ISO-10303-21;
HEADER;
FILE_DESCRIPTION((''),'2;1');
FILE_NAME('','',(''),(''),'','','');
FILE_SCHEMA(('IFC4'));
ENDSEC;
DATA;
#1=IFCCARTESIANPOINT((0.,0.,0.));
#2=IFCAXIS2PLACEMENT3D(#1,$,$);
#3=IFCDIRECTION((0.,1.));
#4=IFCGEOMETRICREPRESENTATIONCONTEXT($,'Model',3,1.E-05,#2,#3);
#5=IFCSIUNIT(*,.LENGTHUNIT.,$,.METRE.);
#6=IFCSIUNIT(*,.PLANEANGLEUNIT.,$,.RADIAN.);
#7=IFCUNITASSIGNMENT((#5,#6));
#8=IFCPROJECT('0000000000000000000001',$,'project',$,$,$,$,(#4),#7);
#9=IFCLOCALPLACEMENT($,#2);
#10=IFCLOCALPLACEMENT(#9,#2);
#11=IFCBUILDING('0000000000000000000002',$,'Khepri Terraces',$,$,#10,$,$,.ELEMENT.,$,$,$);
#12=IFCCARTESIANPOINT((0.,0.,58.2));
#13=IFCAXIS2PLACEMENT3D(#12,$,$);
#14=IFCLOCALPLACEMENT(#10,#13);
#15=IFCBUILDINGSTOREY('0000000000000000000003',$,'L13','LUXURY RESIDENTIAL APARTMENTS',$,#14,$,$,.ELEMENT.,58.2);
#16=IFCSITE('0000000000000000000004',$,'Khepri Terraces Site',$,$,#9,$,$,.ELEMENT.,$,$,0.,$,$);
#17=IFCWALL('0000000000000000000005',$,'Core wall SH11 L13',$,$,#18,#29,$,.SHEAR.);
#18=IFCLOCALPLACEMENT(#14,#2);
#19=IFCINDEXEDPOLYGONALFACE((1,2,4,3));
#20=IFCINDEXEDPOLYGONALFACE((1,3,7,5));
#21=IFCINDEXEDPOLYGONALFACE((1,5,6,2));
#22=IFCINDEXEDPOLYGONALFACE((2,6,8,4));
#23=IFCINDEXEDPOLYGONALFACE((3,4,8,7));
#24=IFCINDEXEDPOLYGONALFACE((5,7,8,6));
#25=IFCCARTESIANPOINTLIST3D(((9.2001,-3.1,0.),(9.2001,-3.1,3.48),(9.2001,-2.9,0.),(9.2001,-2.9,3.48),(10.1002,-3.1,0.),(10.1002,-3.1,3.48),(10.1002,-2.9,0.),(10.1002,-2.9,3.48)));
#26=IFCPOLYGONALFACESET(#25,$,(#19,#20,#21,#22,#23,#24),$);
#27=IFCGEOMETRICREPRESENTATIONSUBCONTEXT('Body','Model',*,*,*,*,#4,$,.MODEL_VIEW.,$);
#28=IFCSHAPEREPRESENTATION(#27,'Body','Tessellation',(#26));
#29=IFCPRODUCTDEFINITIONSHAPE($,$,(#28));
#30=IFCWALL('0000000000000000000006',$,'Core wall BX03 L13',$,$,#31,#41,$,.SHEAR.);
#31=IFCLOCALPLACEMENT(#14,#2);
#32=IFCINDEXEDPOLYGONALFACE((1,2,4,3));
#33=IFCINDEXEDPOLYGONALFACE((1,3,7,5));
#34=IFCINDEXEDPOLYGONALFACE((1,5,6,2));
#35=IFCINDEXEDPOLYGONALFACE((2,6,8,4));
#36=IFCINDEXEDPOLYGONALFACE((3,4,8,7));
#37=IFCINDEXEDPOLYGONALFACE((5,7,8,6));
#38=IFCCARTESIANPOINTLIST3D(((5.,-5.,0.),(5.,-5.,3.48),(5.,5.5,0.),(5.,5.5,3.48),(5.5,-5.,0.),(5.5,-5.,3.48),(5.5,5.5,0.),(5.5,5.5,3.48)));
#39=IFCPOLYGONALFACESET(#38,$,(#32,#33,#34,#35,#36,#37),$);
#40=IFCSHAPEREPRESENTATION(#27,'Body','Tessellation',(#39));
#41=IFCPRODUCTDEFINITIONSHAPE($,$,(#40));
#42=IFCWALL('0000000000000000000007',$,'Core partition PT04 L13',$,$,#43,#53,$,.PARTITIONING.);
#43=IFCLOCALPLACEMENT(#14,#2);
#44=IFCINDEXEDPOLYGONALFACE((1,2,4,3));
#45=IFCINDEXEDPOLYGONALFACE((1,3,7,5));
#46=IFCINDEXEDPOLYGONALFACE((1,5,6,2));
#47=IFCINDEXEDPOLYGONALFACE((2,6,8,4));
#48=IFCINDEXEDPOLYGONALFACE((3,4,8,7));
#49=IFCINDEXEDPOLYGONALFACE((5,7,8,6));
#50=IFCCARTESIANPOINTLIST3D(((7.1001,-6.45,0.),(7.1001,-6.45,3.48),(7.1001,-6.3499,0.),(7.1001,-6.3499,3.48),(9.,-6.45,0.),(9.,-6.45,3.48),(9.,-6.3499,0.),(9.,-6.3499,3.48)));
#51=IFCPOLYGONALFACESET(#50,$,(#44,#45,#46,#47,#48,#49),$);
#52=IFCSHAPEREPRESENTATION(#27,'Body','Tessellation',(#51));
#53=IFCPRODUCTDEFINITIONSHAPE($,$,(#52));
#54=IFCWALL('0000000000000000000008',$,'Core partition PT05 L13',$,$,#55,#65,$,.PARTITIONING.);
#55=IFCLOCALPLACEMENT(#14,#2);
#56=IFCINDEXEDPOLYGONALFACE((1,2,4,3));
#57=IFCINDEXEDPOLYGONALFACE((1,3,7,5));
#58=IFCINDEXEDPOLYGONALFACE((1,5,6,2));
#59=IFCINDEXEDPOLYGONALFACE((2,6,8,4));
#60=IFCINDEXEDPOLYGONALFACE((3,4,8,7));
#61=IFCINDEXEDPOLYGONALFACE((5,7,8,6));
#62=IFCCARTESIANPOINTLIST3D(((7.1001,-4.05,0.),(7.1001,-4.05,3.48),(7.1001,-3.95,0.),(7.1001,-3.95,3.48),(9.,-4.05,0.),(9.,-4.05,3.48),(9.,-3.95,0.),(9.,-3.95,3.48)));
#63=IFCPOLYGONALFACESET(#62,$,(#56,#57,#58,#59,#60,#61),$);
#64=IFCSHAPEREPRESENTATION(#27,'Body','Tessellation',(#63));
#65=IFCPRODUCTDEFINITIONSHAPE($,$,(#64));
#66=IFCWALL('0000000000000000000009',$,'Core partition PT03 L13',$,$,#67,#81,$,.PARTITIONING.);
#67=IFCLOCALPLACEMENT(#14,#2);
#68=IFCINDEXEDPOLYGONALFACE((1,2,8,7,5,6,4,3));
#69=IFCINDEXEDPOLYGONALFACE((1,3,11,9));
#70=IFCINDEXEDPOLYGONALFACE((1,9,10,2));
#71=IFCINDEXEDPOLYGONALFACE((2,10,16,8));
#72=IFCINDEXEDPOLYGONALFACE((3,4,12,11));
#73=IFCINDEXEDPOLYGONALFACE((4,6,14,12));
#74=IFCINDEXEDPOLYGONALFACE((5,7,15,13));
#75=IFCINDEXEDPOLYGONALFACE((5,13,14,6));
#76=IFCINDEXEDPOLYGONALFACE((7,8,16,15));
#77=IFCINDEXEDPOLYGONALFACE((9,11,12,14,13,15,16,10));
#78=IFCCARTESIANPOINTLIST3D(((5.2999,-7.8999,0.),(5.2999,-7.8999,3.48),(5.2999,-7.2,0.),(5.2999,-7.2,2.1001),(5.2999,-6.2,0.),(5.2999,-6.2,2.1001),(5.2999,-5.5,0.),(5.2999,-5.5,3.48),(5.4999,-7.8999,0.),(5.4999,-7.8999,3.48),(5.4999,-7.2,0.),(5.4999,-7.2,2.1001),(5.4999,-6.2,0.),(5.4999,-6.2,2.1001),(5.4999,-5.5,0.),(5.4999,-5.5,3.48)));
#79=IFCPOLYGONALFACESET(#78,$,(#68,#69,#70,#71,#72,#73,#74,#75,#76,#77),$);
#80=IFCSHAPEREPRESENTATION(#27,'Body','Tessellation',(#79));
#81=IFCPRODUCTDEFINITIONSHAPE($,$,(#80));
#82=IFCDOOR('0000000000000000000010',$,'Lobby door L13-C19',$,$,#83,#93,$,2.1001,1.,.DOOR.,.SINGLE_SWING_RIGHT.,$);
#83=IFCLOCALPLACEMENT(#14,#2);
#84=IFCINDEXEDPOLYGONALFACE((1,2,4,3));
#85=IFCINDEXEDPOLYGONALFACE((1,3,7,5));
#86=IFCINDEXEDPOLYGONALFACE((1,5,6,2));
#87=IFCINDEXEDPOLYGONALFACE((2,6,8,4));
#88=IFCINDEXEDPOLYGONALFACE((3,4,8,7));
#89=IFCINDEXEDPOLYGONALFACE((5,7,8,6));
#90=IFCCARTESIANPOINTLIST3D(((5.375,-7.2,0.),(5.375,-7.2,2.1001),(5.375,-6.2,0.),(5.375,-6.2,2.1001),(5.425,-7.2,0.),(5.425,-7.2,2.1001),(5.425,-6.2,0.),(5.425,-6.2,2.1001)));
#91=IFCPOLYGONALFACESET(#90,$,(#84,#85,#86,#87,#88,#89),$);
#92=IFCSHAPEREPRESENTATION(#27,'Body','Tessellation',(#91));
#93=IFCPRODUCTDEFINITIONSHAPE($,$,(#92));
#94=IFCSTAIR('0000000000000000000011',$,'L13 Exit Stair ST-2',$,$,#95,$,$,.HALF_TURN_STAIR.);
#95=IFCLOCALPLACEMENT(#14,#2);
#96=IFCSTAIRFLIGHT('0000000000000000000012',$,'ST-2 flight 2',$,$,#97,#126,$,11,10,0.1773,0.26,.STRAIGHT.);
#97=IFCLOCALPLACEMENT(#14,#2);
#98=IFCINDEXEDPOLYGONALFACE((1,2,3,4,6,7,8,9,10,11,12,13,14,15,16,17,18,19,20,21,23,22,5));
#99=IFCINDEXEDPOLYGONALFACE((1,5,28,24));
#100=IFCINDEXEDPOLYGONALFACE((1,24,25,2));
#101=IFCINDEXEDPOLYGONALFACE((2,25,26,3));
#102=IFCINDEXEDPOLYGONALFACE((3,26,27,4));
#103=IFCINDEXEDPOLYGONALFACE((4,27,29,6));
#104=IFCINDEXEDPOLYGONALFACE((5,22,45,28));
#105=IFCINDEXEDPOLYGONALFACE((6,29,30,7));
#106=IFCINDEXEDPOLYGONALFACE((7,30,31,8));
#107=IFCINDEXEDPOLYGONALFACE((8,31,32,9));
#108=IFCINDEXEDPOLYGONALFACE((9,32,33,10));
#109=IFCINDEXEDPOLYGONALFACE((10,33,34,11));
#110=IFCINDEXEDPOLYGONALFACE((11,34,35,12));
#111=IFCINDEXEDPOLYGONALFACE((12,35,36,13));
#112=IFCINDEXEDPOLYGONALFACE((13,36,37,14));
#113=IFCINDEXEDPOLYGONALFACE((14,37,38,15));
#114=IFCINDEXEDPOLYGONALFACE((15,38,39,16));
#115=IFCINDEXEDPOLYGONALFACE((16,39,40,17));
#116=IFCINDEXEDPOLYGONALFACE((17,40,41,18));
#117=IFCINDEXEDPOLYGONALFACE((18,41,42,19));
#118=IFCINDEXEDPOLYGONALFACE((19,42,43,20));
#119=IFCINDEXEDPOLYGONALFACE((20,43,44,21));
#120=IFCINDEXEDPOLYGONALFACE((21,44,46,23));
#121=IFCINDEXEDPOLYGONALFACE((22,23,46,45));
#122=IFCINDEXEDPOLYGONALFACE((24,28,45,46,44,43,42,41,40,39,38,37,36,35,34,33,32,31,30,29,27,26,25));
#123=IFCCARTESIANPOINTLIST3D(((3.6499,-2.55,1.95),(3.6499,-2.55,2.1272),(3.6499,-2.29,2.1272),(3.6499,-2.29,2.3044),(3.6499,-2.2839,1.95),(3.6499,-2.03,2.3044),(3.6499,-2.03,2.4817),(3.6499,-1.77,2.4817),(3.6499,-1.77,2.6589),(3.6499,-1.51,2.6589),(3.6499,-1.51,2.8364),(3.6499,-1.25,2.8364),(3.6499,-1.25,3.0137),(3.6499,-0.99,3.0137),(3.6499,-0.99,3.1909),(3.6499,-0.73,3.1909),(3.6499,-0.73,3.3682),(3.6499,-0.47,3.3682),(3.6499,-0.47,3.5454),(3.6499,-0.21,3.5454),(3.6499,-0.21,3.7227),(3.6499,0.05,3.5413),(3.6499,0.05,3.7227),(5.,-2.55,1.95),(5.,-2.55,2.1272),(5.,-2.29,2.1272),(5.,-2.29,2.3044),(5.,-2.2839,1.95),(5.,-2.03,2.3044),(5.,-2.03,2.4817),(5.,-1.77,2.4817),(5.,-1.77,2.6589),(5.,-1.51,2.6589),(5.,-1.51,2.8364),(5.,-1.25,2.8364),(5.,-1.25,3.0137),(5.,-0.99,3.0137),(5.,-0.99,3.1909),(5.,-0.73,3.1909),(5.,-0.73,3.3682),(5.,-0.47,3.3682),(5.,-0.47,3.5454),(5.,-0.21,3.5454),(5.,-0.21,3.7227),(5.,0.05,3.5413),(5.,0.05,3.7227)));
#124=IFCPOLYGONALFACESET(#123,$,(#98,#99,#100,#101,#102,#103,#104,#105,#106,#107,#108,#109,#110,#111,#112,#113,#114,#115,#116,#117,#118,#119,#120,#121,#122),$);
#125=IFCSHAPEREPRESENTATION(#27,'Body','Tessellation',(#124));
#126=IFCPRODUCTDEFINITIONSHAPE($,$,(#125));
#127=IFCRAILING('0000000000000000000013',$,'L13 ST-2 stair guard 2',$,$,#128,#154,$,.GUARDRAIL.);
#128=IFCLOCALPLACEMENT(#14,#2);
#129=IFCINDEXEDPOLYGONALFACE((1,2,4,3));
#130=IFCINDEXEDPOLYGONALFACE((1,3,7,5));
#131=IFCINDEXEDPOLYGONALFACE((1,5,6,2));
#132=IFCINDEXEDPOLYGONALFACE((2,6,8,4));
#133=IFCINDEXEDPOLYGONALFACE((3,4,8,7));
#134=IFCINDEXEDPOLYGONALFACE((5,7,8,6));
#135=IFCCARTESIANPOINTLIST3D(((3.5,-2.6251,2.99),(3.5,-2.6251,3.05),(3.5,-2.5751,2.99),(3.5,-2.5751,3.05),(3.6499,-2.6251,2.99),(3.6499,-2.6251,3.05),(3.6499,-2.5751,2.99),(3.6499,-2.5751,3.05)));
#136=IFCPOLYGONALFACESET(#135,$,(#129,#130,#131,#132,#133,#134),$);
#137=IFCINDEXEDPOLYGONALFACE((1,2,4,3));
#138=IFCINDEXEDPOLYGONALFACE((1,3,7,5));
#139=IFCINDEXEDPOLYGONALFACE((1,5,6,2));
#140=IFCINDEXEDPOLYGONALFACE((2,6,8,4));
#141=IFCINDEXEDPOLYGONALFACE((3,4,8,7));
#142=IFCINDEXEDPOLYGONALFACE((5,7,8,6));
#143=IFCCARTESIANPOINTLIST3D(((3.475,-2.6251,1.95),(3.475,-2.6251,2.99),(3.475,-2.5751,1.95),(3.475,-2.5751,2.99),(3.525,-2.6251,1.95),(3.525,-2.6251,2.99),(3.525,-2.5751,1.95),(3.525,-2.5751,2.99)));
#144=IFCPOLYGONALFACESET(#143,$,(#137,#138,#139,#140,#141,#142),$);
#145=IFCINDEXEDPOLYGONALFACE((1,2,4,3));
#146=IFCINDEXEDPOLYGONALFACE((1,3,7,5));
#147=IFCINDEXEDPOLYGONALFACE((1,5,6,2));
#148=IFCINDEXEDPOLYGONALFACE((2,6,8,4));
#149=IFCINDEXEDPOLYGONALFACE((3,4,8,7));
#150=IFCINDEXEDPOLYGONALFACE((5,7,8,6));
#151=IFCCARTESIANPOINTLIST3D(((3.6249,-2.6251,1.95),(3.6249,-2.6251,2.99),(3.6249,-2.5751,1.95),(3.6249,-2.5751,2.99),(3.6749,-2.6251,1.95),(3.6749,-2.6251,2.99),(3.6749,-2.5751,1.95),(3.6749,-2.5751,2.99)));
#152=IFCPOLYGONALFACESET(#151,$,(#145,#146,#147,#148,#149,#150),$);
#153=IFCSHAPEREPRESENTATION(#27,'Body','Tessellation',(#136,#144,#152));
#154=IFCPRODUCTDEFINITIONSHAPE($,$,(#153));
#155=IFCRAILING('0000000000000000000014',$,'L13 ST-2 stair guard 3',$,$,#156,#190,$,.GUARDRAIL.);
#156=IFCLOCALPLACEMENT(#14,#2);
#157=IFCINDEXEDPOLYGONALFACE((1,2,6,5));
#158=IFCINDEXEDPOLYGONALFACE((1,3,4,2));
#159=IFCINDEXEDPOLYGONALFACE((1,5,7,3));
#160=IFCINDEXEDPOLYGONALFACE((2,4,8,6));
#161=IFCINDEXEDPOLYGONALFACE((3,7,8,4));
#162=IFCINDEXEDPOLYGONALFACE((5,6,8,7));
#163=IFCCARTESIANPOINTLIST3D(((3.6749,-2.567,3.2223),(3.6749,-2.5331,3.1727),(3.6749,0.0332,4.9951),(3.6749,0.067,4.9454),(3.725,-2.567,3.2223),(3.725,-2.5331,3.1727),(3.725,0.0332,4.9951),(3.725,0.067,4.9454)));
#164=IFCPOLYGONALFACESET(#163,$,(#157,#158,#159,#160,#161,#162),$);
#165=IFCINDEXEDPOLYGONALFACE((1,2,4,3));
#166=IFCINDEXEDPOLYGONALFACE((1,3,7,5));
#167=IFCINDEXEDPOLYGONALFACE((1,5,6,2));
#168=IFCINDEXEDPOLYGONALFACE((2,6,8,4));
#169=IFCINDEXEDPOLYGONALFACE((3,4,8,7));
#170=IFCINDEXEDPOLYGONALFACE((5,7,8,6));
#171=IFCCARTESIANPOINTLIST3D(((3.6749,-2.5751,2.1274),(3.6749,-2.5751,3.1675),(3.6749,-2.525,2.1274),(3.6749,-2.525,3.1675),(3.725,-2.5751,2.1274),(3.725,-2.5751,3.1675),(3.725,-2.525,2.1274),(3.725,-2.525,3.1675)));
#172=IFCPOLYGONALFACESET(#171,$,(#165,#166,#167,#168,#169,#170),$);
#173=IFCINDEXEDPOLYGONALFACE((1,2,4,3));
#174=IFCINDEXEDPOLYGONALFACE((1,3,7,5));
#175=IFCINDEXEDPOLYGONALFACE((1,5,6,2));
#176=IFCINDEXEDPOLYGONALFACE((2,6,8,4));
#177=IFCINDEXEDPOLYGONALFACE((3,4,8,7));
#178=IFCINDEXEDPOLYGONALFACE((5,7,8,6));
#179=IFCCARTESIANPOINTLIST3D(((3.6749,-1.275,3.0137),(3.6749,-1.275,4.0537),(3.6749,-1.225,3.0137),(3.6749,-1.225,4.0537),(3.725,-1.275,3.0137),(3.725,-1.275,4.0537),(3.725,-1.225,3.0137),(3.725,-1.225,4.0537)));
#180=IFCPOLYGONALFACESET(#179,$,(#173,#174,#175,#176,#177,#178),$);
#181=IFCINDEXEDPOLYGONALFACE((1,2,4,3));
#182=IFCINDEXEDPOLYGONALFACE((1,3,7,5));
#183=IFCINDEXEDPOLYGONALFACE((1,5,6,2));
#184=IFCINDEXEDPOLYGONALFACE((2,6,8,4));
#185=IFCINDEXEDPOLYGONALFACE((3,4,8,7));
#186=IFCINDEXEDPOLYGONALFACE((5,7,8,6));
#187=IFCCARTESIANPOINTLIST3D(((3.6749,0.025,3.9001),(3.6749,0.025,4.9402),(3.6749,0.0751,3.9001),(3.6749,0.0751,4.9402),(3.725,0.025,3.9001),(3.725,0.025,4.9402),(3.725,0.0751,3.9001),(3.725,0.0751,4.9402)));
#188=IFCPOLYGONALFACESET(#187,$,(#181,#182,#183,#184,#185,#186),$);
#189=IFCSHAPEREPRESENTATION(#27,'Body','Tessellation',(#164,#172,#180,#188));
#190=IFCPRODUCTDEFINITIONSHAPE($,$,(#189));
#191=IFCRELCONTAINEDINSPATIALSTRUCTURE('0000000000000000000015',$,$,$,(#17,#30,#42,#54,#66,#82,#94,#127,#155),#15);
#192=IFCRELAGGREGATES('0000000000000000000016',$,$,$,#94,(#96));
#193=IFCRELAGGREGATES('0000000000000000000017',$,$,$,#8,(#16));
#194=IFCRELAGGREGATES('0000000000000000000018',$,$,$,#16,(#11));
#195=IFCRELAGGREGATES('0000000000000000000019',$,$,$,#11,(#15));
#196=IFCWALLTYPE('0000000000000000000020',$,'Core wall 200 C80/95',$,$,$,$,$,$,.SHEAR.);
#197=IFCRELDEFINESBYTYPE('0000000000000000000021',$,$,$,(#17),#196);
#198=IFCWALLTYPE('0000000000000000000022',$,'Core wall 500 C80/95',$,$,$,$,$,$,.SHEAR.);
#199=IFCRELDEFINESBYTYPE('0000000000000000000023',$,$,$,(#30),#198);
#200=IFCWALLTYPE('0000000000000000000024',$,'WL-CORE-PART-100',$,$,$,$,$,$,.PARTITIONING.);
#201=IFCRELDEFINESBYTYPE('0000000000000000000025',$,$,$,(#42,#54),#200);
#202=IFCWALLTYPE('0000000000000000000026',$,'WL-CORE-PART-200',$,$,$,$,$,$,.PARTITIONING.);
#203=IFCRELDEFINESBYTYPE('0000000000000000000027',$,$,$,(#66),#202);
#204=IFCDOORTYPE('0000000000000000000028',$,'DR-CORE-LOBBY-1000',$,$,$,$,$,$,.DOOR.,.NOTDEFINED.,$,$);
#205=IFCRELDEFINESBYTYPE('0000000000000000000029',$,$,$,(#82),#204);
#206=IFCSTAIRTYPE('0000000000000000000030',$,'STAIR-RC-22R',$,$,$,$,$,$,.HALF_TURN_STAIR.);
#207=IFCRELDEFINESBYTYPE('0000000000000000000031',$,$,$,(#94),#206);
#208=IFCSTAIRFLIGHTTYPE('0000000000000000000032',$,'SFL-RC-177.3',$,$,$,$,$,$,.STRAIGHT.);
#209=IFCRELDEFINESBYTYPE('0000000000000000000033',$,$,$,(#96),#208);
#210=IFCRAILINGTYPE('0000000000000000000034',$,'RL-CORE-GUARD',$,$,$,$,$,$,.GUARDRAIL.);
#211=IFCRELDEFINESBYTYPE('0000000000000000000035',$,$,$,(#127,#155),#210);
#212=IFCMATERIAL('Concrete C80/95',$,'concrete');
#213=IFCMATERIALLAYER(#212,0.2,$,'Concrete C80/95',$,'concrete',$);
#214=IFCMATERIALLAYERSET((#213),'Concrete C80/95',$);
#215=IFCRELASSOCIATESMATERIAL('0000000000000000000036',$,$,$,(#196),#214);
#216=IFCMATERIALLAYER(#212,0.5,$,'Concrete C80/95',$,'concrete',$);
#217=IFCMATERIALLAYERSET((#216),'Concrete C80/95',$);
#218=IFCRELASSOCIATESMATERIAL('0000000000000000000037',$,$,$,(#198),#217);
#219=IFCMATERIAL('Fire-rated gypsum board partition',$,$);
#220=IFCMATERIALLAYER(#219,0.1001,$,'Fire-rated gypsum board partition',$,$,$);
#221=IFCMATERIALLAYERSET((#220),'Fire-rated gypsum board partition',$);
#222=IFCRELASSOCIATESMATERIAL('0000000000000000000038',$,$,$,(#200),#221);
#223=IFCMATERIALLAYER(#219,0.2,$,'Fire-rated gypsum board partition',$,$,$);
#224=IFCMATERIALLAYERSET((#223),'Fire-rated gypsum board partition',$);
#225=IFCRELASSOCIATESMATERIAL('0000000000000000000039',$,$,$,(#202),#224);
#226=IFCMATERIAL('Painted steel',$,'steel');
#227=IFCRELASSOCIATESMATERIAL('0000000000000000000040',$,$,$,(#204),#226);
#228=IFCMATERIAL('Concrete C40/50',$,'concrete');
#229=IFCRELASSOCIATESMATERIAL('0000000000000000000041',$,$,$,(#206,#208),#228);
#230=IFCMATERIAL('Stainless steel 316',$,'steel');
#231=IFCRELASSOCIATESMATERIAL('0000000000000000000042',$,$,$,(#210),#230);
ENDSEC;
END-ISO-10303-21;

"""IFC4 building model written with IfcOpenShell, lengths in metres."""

from ifc_helpers import new_model, si_unit, direction, frame, frame_2d, origin, origin_2d, place, context, subcontext, project, spatial, polyline, rectangle, outline, extrude, material, layer, layer_set, type_object, element, fill, aggregate, save


model = new_model("IFC4")

# Units and contexts
model_context = context("Model", 3, precision=1e-05, world=origin(), true_north=direction((0.0, 1.0)))
body_context = subcontext(model_context, "Body", "Model", "MODEL_VIEW")
ifc_project = project(units=[si_unit("LENGTHUNIT", "METRE"), si_unit("PLANEANGLEUNIT", "RADIAN")], contexts=[model_context])

# Site, building, storey
site_placement = place(None, origin())
site = spatial("IfcSite", under=ifc_project, at=site_placement, Name="Khepri Terraces Site", CompositionType="ELEMENT", RefElevation=0.0)
building_placement = place(site_placement, origin())
building = spatial("IfcBuilding", under=site, at=building_placement, Name="Khepri Terraces", CompositionType="ELEMENT")
storey_placement = place(building_placement, frame((0.0, 0.0, 58.2)))
storey = spatial("IfcBuildingStorey", under=building, at=storey_placement, Name="L13", Description="LUXURY RESIDENTIAL APARTMENTS", CompositionType="ELEMENT", Elevation=58.2)

# Shared definitions
ifc_material_1 = material(Name="Concrete C80/95", Category="concrete")
ifc_layer_1 = layer(ifc_material_1, 0.2, Name="Concrete C80/95", Category="concrete")
ifc_layer_set_1 = layer_set([ifc_layer_1], Name="Concrete C80/95")
wall_type_1 = type_object("IfcWallType", Name="Core wall 200 C80/95", PredefinedType="SHEAR", material=ifc_layer_set_1)
ifc_material_2 = material(Name="Painted steel", Category="steel")

# Walls
wall_1_placement = place(storey_placement, frame((9.2, -3.0, 0.0), z_axis=(0.0, 0.0, 1.0), x_axis=(1.0, 0.0, 0.0)))
element("IfcWall", 1, at=wall_1_placement, inside=storey, type_object=wall_type_1, Name="Core wall SH11 L13", PredefinedType="SHEAR", context=body_context, shape_type="SweptSolid", body=[
    extrude(rectangle(XDim=0.9001, YDim=0.2, at=frame_2d((0.4502, 0.0))), origin(), (0.0, 0.0, 1.0), 3.48),
])
ifc_layer_2 = layer(ifc_material_1, 0.5, Name="Concrete C80/95", Category="concrete")
ifc_layer_set_2 = layer_set([ifc_layer_2], Name="Concrete C80/95")
wall_type_2 = type_object("IfcWallType", Name="Core wall 500 C80/95", PredefinedType="SHEAR", material=ifc_layer_set_2)
wall_2_placement = place(storey_placement, frame((5.25, -5.0, 0.0), z_axis=(0.0, 0.0, 1.0), x_axis=(0.0, 1.0, 0.0)))
element("IfcWall", 2, at=wall_2_placement, inside=storey, type_object=wall_type_2, Name="Core wall BX03 L13", PredefinedType="SHEAR", context=body_context, shape_type="SweptSolid", body=[
    extrude(rectangle(XDim=10.5, YDim=0.5, at=frame_2d((5.25, 0.0))), origin(), (0.0, 0.0, 1.0), 3.48),
])
ifc_material_3 = material(Name="Fire-rated gypsum board partition")
ifc_layer_3 = layer(ifc_material_3, 0.1001, Name="Fire-rated gypsum board partition")
ifc_layer_set_3 = layer_set([ifc_layer_3], Name="Fire-rated gypsum board partition")
wall_type_3 = type_object("IfcWallType", Name="WL-CORE-PART-100", PredefinedType="PARTITIONING", material=ifc_layer_set_3)
for number, where, z_axis, x_axis, name in (
    (3, (7.1001, -6.3999, 0.0), (0.0, 0.0, 1.0), (1.0, 0.0, 0.0), "Core partition PT04 L13"),
    (4, (7.1001, -4.0, 0.0), (0.0, 0.0, 1.0), (1.0, 0.0, 0.0), "Core partition PT05 L13"),
):
    element("IfcWall", number, at=place(storey_placement, frame(where, z_axis=z_axis, x_axis=x_axis)), inside=storey, type_object=wall_type_3, Name=name, PredefinedType="PARTITIONING", context=body_context, shape_type="SweptSolid", body=[
        extrude(rectangle(XDim=1.8999, YDim=0.1001, at=frame_2d((0.95, 0.0))), origin(), (0.0, 0.0, 1.0), 3.48),
    ])

# Wall, opening, door
ifc_layer_4 = layer(ifc_material_3, 0.2, Name="Fire-rated gypsum board partition")
ifc_layer_set_4 = layer_set([ifc_layer_4], Name="Fire-rated gypsum board partition")
wall_type_4 = type_object("IfcWallType", Name="WL-CORE-PART-200", PredefinedType="PARTITIONING", material=ifc_layer_set_4)
wall_3_placement = place(storey_placement, frame((5.3999, -7.8999, 0.0), z_axis=(0.0, 0.0, 1.0), x_axis=(0.0, 1.0, 0.0)))
wall_3 = element("IfcWall", 5, at=wall_3_placement, inside=storey, type_object=wall_type_4, Name="Core partition PT03 L13", PredefinedType="PARTITIONING", context=body_context, shape_type="SweptSolid", body=[
    extrude(rectangle(XDim=2.3999, YDim=0.2, at=frame_2d((1.2, 0.0))), origin(), (0.0, 0.0, 1.0), 3.48),
])
opening_1_placement = place(wall_3_placement, frame((0.7, 0.0, 0.0)))
opening_1 = element("IfcOpeningElement", 6, at=opening_1_placement, cuts=wall_3, PredefinedType="OPENING", context=body_context, shape_type="SweptSolid", body=[
    extrude(rectangle(XDim=1.0, YDim=2.1001, at=frame_2d((0.5, 1.05))), frame((0.0, 0.1099, 0.0), z_axis=(0.0, -1.0, 0.0), x_axis=(1.0, 0.0, 0.0)), (0.0, 0.0, 1.0), 0.22),
])
door_type_1 = type_object("IfcDoorType", Name="DR-CORE-LOBBY-1000", OperationType="NOTDEFINED", PredefinedType="DOOR", material=ifc_material_2)
door_1_placement = place(opening_1_placement, origin())
door_1 = element("IfcDoor", 7, at=door_1_placement, inside=storey, type_object=door_type_1, Name="Lobby door L13-C19", OperationType="SINGLE_SWING_RIGHT", OverallHeight=2.1001, OverallWidth=1.0, PredefinedType="DOOR", context=body_context, shape_type="SweptSolid", body=[
    extrude(rectangle(XDim=1.0, YDim=2.1001, at=frame_2d((0.5, 1.05))), frame((0.0, 0.0249, 0.0), z_axis=(0.0, -1.0, 0.0), x_axis=(1.0, 0.0, 0.0)), (0.0, 0.0, 1.0), 0.05),
])
fill(opening_1, door_1)

# Stair, stair flight
ifc_material_4 = material(Name="Concrete C40/50", Category="concrete")
stair_type = type_object("IfcStairType", Name="STAIR-RC-22R", PredefinedType="HALF_TURN_STAIR", material=ifc_material_4)
stair_placement = place(storey_placement, origin())
stair = element("IfcStair", 8, at=stair_placement, inside=storey, type_object=stair_type, Name="L13 Exit Stair ST-2", PredefinedType="HALF_TURN_STAIR")
stair_flight_type = type_object("IfcStairFlightType", Name="SFL-RC-177.3", PredefinedType="STRAIGHT", material=ifc_material_4)
stair_flight_placement = place(storey_placement, frame((4.325, -2.55, 1.95), z_axis=(0.0, 0.0, 1.0), x_axis=(0.0, 1.0, 0.0)))
stair_flight = element("IfcStairFlight", 9, at=stair_flight_placement, type_object=stair_flight_type, Name="ST-2 flight 2", NumberOfRisers=11, NumberOfTreads=10, PredefinedType="STRAIGHT", RiserHeight=0.1773, TreadLength=0.26, context=body_context, shape_type="SweptSolid", body=[
    extrude(outline(polyline([(0.0, 0.0), (0.0, 0.1772), (0.26, 0.1772), (0.26, 0.3545), (0.52, 0.3545), (0.52, 0.5317), (0.78, 0.5317), (0.78, 0.709), (1.04, 0.709), (1.04, 0.8865), (1.3, 0.8865), (1.3, 1.0637), (1.5601, 1.0637), (1.5601, 1.241), (1.8201, 1.241), (1.8201, 1.4182), (2.0801, 1.4182), (2.0801, 1.5955), (2.3401, 1.5955), (2.3401, 1.7727), (2.6001, 1.7727), (2.6001, 1.95), (2.6001, 1.5913), (0.2661, 0.0), (0.0, 0.0)])), frame((0.0, 0.675, 0.0), z_axis=(0.0, -1.0, 0.0), x_axis=(1.0, 0.0, 0.0)), (0.0, 0.0, 1.0), 1.3501),
])
aggregate(stair, [stair_flight])

# Railings
ifc_material_5 = material(Name="Stainless steel 316", Category="steel")
railing_type_1 = type_object("IfcRailingType", Name="RL-CORE-GUARD", PredefinedType="GUARDRAIL", material=ifc_material_5)
railing_1_placement = place(storey_placement, frame((3.5, -2.6001, 1.95)))
element("IfcRailing", 10, at=railing_1_placement, inside=storey, type_object=railing_type_1, Name="L13 ST-2 stair guard 2", PredefinedType="GUARDRAIL", context=body_context, shape_type="SweptSolid", body=[
    extrude(rectangle(XDim=0.05, YDim=0.0601, at=origin_2d()), frame((0.0, 0.0, 1.0701), z_axis=(1.0, 0.0, 0.0), x_axis=(0.0, 1.0, 0.0)), (0.0, 0.0, 1.0), 0.1499),
    extrude(rectangle(XDim=0.05, YDim=0.05, at=origin_2d()), origin(), (0.0, 0.0, 1.0), 1.04),
    extrude(rectangle(XDim=0.05, YDim=0.05, at=origin_2d()), frame((0.1499, 0.0, 0.0)), (0.0, 0.0, 1.0), 1.04),
])
railing_2_placement = place(storey_placement, frame((3.7, -2.55, 2.1274)))
element("IfcRailing", 11, at=railing_2_placement, inside=storey, type_object=railing_type_1, Name="L13 ST-2 stair guard 3", PredefinedType="GUARDRAIL", context=body_context, shape_type="SweptSolid", body=[
    extrude(rectangle(XDim=0.05, YDim=0.0601, at=origin_2d()), frame((0.0, 0.0, 1.0701), z_axis=(0.0, 0.82624, 0.563318), x_axis=(-1.0, 0.0, 0.0)), (0.0, 0.0, 1.0), 3.147),
    extrude(rectangle(XDim=0.05, YDim=0.05, at=origin_2d()), origin(), (0.0, 0.0, 1.0), 1.04),
    extrude(rectangle(XDim=0.05, YDim=0.05, at=origin_2d()), frame((0.0, 1.3, 0.8862)), (0.0, 0.0, 1.0), 1.04),
    extrude(rectangle(XDim=0.05, YDim=0.05, at=origin_2d()), frame((0.0, 2.6001, 1.7727)), (0.0, 0.0, 1.0), 1.04),
])

save(model, "model.ifc")
